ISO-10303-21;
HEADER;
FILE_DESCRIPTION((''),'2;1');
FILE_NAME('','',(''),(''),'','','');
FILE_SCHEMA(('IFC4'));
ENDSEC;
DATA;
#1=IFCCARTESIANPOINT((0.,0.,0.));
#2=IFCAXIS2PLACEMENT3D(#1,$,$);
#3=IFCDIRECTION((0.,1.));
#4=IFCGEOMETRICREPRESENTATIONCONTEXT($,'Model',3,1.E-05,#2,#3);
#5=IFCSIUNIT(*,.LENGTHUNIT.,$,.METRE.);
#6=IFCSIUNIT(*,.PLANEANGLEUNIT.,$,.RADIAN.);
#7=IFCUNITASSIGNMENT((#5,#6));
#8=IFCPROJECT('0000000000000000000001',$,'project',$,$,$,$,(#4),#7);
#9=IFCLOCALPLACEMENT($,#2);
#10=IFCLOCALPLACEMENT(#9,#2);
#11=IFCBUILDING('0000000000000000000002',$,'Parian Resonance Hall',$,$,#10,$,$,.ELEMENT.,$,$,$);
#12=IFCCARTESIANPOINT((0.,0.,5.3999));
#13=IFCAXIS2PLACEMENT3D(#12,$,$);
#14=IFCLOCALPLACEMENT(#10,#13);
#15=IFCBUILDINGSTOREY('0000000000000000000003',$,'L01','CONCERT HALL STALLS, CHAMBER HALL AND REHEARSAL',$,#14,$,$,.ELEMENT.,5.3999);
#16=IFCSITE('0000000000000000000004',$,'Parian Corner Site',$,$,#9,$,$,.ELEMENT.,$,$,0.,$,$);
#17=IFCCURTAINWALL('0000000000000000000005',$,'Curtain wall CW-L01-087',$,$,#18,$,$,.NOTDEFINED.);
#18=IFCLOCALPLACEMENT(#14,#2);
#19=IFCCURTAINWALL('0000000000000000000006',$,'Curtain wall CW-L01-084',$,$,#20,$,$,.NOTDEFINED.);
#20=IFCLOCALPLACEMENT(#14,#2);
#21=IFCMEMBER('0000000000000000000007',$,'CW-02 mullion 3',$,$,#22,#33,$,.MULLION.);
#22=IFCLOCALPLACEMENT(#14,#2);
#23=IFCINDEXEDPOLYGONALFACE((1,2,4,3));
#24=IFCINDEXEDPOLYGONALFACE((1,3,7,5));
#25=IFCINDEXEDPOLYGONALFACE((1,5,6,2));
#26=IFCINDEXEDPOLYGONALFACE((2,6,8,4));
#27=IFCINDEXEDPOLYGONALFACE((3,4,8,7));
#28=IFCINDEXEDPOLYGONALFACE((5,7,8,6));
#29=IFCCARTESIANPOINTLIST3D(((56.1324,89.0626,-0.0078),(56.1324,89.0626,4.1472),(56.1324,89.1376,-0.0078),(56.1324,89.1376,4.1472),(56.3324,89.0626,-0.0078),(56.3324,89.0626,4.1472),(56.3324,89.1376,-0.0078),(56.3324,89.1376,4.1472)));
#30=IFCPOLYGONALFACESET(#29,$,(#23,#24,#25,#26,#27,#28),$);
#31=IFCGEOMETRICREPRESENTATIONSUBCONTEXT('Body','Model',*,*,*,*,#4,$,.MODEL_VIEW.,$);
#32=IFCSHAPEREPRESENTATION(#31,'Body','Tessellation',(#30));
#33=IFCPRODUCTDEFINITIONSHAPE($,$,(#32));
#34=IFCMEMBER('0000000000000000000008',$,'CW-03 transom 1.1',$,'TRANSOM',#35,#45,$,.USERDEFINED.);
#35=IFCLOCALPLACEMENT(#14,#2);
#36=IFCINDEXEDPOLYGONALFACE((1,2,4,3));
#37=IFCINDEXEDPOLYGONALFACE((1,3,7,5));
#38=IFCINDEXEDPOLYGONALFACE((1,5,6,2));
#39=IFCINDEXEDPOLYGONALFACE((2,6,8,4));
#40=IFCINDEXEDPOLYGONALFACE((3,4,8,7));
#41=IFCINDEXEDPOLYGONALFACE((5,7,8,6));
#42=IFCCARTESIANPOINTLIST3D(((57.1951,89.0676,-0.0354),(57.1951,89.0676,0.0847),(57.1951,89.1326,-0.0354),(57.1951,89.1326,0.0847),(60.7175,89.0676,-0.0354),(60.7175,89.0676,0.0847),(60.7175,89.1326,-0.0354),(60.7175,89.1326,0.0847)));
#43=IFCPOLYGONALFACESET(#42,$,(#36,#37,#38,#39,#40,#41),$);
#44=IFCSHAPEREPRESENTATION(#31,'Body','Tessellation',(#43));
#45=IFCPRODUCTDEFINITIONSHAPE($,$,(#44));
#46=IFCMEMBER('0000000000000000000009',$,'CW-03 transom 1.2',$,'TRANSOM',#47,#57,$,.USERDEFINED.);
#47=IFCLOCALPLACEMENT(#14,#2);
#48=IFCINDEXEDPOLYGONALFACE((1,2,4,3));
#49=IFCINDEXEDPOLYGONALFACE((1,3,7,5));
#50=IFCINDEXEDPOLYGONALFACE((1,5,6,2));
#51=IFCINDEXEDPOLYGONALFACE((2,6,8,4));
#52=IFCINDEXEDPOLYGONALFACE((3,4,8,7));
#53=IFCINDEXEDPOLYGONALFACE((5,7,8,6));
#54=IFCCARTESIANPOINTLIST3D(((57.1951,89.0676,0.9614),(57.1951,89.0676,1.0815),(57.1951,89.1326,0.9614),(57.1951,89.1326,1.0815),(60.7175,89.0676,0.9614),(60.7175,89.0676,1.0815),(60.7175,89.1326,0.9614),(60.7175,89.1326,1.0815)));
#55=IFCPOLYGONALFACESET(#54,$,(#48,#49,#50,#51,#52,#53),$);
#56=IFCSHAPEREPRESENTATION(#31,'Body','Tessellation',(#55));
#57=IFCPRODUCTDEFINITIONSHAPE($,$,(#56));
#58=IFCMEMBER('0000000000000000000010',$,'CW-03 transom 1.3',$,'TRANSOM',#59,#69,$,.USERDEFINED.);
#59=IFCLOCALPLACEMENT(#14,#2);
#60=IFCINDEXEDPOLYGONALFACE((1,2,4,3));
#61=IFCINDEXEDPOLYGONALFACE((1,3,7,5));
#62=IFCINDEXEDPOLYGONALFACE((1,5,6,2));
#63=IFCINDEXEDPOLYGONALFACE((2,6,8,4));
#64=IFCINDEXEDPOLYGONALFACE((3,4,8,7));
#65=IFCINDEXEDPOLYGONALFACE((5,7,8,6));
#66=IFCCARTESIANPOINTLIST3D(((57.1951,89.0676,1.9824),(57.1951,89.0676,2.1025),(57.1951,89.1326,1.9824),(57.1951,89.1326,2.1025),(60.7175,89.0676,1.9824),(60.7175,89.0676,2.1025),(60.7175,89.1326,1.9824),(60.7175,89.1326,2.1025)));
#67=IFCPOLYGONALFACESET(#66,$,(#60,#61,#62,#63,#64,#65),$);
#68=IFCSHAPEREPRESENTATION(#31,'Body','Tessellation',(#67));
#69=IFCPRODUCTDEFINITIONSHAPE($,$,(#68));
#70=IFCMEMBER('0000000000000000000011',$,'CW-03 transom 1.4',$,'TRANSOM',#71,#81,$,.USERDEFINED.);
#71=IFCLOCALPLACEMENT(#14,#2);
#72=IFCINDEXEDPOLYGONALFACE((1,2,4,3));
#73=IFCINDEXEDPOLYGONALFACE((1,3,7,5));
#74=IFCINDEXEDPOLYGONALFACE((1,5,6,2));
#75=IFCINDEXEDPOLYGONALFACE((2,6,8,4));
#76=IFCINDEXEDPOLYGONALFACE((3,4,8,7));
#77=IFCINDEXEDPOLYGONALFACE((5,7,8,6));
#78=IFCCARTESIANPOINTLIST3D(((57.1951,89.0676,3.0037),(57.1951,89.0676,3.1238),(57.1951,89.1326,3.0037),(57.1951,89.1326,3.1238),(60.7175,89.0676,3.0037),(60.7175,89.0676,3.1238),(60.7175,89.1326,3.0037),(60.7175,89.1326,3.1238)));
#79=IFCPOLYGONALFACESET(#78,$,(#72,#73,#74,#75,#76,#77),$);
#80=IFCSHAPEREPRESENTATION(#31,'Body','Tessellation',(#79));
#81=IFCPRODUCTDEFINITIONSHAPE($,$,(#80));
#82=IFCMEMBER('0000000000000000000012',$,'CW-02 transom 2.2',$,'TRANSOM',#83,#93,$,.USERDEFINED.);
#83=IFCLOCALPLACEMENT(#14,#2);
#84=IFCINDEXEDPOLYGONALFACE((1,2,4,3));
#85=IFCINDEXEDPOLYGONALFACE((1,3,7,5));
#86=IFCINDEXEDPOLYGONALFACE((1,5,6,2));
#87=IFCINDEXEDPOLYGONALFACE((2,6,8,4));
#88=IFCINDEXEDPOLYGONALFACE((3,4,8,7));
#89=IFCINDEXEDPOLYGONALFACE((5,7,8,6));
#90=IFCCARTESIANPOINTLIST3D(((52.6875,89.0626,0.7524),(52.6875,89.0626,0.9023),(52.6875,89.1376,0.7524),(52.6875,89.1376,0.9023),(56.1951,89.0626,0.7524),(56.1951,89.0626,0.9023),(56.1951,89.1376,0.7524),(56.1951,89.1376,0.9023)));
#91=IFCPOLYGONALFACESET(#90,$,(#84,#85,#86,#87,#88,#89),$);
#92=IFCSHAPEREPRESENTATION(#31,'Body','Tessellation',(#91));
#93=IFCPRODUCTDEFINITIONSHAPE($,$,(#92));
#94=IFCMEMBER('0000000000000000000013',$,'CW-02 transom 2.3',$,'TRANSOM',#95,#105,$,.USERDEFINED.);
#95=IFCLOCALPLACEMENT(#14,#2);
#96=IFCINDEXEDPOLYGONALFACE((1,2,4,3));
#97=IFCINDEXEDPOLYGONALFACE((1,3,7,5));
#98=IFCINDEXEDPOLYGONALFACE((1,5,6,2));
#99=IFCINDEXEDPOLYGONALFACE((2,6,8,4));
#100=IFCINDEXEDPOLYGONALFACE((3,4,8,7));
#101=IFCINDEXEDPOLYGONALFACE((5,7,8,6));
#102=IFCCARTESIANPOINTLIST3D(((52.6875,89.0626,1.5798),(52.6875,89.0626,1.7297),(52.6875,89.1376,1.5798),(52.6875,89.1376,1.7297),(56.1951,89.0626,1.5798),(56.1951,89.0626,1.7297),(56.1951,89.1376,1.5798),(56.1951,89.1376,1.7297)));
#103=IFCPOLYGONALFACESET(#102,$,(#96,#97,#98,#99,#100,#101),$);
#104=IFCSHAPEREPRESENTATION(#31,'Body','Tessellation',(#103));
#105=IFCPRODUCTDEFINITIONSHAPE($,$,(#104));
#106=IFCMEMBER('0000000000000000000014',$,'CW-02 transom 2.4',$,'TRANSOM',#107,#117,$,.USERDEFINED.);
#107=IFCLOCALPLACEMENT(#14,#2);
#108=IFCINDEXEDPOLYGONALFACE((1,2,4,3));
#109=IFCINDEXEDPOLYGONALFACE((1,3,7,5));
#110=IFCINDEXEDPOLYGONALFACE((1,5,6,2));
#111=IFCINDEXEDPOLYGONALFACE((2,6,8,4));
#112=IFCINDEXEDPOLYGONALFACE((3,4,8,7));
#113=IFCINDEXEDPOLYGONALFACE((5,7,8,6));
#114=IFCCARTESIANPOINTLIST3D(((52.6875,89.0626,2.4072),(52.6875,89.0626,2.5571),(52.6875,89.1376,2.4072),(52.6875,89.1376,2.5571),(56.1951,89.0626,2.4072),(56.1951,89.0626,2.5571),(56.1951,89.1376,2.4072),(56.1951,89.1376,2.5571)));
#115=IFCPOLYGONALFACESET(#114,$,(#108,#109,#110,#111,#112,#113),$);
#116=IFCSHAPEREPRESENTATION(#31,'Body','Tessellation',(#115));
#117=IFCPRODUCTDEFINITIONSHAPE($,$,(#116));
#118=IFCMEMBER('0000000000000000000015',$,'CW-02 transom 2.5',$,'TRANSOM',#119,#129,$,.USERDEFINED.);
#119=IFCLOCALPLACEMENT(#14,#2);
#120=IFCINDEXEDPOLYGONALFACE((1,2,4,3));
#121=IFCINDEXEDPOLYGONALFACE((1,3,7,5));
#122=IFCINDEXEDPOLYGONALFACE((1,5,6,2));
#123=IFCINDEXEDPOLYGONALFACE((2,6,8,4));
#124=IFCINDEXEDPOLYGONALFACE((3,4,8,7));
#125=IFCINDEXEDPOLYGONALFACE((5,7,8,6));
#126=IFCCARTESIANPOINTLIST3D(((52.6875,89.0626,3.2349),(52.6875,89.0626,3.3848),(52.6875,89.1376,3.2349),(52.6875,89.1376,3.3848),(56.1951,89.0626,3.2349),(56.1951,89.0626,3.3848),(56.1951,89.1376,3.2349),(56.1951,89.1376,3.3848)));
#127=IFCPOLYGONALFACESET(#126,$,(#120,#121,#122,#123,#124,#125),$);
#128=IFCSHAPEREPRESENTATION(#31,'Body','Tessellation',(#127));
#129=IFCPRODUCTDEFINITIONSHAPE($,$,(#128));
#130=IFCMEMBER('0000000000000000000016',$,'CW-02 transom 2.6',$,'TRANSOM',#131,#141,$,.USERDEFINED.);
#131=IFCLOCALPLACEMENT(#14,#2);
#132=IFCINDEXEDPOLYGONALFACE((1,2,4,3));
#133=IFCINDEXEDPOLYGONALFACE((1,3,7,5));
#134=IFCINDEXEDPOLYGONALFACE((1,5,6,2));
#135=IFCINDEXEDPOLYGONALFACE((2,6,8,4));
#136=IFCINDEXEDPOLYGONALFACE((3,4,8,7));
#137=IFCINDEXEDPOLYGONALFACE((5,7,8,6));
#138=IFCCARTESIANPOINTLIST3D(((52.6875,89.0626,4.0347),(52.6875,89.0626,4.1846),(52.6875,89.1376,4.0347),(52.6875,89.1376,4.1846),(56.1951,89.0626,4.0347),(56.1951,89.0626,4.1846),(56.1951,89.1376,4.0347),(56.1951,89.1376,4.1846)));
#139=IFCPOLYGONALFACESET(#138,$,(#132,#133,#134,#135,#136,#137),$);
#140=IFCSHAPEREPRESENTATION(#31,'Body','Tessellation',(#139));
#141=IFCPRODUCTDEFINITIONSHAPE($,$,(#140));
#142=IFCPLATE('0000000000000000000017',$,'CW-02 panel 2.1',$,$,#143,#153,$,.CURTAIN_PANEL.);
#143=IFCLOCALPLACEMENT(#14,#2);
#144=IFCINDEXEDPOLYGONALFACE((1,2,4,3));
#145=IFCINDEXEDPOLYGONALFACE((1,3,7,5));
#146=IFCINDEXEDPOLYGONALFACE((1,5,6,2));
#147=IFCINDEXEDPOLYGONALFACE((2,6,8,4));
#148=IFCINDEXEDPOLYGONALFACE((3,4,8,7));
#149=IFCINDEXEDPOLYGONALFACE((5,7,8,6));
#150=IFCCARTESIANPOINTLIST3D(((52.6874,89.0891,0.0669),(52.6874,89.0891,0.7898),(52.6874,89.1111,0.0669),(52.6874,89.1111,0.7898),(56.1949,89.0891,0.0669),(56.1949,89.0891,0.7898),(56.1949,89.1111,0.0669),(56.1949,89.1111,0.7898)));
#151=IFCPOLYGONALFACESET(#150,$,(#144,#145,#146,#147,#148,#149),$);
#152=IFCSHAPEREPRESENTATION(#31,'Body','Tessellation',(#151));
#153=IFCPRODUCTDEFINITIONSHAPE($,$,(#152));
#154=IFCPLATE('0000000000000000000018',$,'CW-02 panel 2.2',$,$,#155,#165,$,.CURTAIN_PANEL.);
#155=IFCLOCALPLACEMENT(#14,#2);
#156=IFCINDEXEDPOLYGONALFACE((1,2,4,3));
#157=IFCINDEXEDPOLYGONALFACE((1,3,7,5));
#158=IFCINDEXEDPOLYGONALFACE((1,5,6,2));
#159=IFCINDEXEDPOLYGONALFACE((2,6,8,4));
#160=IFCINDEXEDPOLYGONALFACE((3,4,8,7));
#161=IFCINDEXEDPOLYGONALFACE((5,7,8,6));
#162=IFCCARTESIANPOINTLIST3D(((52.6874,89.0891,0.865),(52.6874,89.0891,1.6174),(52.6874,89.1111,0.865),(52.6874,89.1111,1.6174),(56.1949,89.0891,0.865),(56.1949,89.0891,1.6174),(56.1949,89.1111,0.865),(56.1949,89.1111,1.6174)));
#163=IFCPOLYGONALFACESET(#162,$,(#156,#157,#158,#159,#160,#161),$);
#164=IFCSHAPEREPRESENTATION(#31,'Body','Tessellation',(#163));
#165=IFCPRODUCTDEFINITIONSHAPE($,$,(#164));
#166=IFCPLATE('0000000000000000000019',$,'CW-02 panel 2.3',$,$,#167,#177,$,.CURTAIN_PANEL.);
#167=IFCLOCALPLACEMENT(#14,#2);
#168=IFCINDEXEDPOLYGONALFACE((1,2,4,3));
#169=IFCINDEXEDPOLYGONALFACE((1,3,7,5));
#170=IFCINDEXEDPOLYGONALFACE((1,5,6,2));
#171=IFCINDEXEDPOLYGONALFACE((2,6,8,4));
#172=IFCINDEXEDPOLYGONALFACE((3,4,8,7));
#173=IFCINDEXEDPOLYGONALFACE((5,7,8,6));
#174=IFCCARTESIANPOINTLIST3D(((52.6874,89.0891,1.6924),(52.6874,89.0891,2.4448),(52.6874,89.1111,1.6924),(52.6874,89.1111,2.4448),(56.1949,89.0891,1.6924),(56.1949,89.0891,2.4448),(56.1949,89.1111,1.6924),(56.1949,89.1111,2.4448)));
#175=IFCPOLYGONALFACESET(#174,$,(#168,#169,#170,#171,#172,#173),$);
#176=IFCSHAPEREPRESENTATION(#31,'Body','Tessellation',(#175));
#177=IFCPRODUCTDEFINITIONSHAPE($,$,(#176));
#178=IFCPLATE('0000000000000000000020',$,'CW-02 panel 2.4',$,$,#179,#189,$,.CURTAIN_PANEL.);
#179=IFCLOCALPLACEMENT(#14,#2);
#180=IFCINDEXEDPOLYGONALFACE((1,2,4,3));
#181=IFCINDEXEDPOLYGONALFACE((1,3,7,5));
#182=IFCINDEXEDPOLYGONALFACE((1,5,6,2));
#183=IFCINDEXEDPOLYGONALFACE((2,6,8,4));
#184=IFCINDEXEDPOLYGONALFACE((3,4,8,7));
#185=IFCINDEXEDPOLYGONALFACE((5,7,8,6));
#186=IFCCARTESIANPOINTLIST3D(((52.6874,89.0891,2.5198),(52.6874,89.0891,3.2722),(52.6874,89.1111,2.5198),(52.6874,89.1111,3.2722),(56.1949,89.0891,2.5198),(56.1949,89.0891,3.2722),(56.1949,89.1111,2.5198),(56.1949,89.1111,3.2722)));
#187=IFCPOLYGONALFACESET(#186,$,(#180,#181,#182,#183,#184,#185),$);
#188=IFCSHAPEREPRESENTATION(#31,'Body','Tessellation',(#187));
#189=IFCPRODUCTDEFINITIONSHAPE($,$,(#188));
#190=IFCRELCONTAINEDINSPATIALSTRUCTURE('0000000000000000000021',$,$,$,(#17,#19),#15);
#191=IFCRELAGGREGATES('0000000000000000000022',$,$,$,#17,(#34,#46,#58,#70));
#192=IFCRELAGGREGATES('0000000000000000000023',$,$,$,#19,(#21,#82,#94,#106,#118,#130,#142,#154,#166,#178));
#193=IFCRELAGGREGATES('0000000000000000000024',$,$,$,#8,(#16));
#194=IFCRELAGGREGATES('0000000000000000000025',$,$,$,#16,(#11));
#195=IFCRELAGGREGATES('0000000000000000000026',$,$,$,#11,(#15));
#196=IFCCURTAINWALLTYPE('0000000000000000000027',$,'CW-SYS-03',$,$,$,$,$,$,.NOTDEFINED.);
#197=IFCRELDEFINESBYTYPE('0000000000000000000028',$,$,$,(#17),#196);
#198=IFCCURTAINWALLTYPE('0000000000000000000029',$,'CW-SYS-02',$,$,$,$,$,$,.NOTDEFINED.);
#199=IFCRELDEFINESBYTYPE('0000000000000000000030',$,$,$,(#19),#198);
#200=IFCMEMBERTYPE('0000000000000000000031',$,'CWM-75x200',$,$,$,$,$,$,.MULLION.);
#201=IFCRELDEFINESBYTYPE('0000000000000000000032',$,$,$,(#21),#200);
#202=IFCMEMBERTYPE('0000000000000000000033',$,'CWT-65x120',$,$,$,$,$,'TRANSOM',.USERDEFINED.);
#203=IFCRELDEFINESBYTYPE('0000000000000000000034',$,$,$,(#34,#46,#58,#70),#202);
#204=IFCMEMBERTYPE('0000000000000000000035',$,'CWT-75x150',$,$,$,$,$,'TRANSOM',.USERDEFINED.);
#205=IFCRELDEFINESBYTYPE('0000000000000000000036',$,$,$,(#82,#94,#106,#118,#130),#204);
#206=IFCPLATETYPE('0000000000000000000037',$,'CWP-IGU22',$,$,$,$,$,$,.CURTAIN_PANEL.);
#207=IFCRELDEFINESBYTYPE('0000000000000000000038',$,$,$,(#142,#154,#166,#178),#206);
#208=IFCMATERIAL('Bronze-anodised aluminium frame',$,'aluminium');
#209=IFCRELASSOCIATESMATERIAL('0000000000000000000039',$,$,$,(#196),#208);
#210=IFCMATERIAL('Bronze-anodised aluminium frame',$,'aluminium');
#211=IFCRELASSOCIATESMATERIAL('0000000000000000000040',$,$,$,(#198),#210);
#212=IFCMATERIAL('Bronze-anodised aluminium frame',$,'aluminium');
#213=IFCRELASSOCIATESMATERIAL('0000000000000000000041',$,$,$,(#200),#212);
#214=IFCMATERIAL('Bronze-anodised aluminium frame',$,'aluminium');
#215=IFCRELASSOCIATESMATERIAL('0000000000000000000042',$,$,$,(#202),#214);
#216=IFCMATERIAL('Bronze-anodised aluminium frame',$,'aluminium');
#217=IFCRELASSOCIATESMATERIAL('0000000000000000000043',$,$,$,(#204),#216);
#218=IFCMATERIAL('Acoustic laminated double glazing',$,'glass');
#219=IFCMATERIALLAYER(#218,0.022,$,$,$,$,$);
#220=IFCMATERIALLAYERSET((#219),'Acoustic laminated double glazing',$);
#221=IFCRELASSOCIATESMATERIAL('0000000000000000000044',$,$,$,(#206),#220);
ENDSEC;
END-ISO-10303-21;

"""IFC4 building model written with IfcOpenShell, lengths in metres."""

from ifc_helpers import new_model, si_unit, direction, frame, origin, origin_2d, place, context, subcontext, project, spatial, rectangle, extrude, material, layer, layer_set, material_profile, profile_set, type_object, element, aggregate, save


model = new_model("IFC4")

# Units and contexts
model_context = context("Model", 3, precision=1e-05, world=origin(), true_north=direction((0.0, 1.0)))
body_context = subcontext(model_context, "Body", "Model", "MODEL_VIEW")
ifc_project = project(units=[si_unit("LENGTHUNIT", "METRE"), si_unit("PLANEANGLEUNIT", "RADIAN")], contexts=[model_context])

# Site, building, storey
site_placement = place(None, origin())
site = spatial("IfcSite", under=ifc_project, at=site_placement, Name="Parian Corner Site", CompositionType="ELEMENT", RefElevation=0.0)
building_placement = place(site_placement, origin())
building = spatial("IfcBuilding", under=site, at=building_placement, Name="Parian Resonance Hall", CompositionType="ELEMENT")
storey_placement = place(building_placement, frame((0.0, 0.0, 5.3999)))
storey = spatial("IfcBuildingStorey", under=building, at=storey_placement, Name="L01", Description="CONCERT HALL STALLS, CHAMBER HALL AND REHEARSAL", CompositionType="ELEMENT", Elevation=5.3999)

# Curtain walls, member
ifc_material_1 = material(Name="Bronze-anodised aluminium frame", Category="aluminium")
curtain_wall_type_1 = type_object("IfcCurtainWallType", Name="CW-SYS-03", PredefinedType="NOTDEFINED", material=ifc_material_1)
curtain_wall_1_placement = place(storey_placement, origin())
curtain_wall_1 = element("IfcCurtainWall", 1, at=curtain_wall_1_placement, inside=storey, type_object=curtain_wall_type_1, Name="Curtain wall CW-L01-087", PredefinedType="NOTDEFINED")
ifc_material_2 = material(Name="Bronze-anodised aluminium frame", Category="aluminium")
curtain_wall_type_2 = type_object("IfcCurtainWallType", Name="CW-SYS-02", PredefinedType="NOTDEFINED", material=ifc_material_2)
curtain_wall_2_placement = place(storey_placement, origin())
curtain_wall_2 = element("IfcCurtainWall", 2, at=curtain_wall_2_placement, inside=storey, type_object=curtain_wall_type_2, Name="Curtain wall CW-L01-084", PredefinedType="NOTDEFINED")
ifc_material_3 = material(Name="Bronze-anodised aluminium frame", Category="aluminium")
ifc_material_profile_1 = material_profile(ifc_material_3, rectangle(XDim=0.075, YDim=0.2, at=origin_2d()), Name="CWM-75x200")
ifc_profile_set_1 = profile_set([ifc_material_profile_1], Name="Bronze-anodised aluminium frame")
member_type_1 = type_object("IfcMemberType", Name="CWM-75x200", PredefinedType="MULLION", material=ifc_profile_set_1)
member_1_placement = place(storey_placement, frame((56.2324, 89.1001, -0.0078), z_axis=(0.0, 0.0, 1.0), x_axis=(0.0, 1.0, 0.0)))
member_1 = element("IfcMember", 3, at=member_1_placement, type_object=member_type_1, Name="CW-02 mullion 3", PredefinedType="MULLION", context=body_context, shape_type="SweptSolid", body=[
    extrude(rectangle(XDim=0.075, YDim=0.2, at=origin_2d()), origin(), (0.0, 0.0, 1.0), 4.155),
])

# Members
ifc_material_4 = material(Name="Bronze-anodised aluminium frame", Category="aluminium")
ifc_material_profile_2 = material_profile(ifc_material_4, rectangle(XDim=0.0649, YDim=0.1201, at=origin_2d()), Name="CWT-65x120")
ifc_profile_set_2 = profile_set([ifc_material_profile_2], Name="Bronze-anodised aluminium frame")
member_type_2 = type_object("IfcMemberType", Name="CWT-65x120", ElementType="TRANSOM", PredefinedType="USERDEFINED", material=ifc_profile_set_2)
member_2_placement = place(storey_placement, frame((57.1951, 89.1001, 0.0247), z_axis=(1.0, 0.0, 0.0), x_axis=(0.0, 1.0, 0.0)))
member_2 = element("IfcMember", 4, at=member_2_placement, type_object=member_type_2, Name="CW-03 transom 1.1", ObjectType="TRANSOM", PredefinedType="USERDEFINED", context=body_context, shape_type="SweptSolid", body=[
    extrude(rectangle(XDim=0.0649, YDim=0.1201, at=origin_2d()), origin(), (0.0, 0.0, 1.0), 3.5225),
])
member_3_placement = place(storey_placement, frame((57.1951, 89.1001, 1.0215), z_axis=(1.0, 0.0, 0.0), x_axis=(0.0, 1.0, 0.0)))
member_3 = element("IfcMember", 5, at=member_3_placement, type_object=member_type_2, Name="CW-03 transom 1.2", ObjectType="TRANSOM", PredefinedType="USERDEFINED", context=body_context, shape_type="SweptSolid", body=[
    extrude(rectangle(XDim=0.0649, YDim=0.1201, at=origin_2d()), origin(), (0.0, 0.0, 1.0), 3.5225),
])
member_4_placement = place(storey_placement, frame((57.1951, 89.1001, 2.0425), z_axis=(1.0, 0.0, 0.0), x_axis=(0.0, 1.0, 0.0)))
member_4 = element("IfcMember", 6, at=member_4_placement, type_object=member_type_2, Name="CW-03 transom 1.3", ObjectType="TRANSOM", PredefinedType="USERDEFINED", context=body_context, shape_type="SweptSolid", body=[
    extrude(rectangle(XDim=0.0649, YDim=0.1201, at=origin_2d()), origin(), (0.0, 0.0, 1.0), 3.5225),
])
member_5_placement = place(storey_placement, frame((57.1951, 89.1001, 3.0637), z_axis=(1.0, 0.0, 0.0), x_axis=(0.0, 1.0, 0.0)))
member_5 = element("IfcMember", 7, at=member_5_placement, type_object=member_type_2, Name="CW-03 transom 1.4", ObjectType="TRANSOM", PredefinedType="USERDEFINED", context=body_context, shape_type="SweptSolid", body=[
    extrude(rectangle(XDim=0.0649, YDim=0.1201, at=origin_2d()), origin(), (0.0, 0.0, 1.0), 3.5225),
])
aggregate(curtain_wall_1, [member_2, member_3, member_4, member_5])
ifc_material_5 = material(Name="Bronze-anodised aluminium frame", Category="aluminium")
ifc_material_profile_3 = material_profile(ifc_material_5, rectangle(XDim=0.075, YDim=0.1499, at=origin_2d()), Name="CWT-75x150")
ifc_profile_set_3 = profile_set([ifc_material_profile_3], Name="Bronze-anodised aluminium frame")
member_type_3 = type_object("IfcMemberType", Name="CWT-75x150", ElementType="TRANSOM", PredefinedType="USERDEFINED", material=ifc_profile_set_3)
member_6_placement = place(storey_placement, frame((52.6875, 89.1001, 0.8274), z_axis=(1.0, 0.0, 0.0), x_axis=(0.0, 1.0, 0.0)))
member_6 = element("IfcMember", 8, at=member_6_placement, type_object=member_type_3, Name="CW-02 transom 2.2", ObjectType="TRANSOM", PredefinedType="USERDEFINED", context=body_context, shape_type="SweptSolid", body=[
    extrude(rectangle(XDim=0.075, YDim=0.1499, at=origin_2d()), origin(), (0.0, 0.0, 1.0), 3.5076),
])
member_7_placement = place(storey_placement, frame((52.6875, 89.1001, 1.6548), z_axis=(1.0, 0.0, 0.0), x_axis=(0.0, 1.0, 0.0)))
member_7 = element("IfcMember", 9, at=member_7_placement, type_object=member_type_3, Name="CW-02 transom 2.3", ObjectType="TRANSOM", PredefinedType="USERDEFINED", context=body_context, shape_type="SweptSolid", body=[
    extrude(rectangle(XDim=0.075, YDim=0.1499, at=origin_2d()), origin(), (0.0, 0.0, 1.0), 3.5076),
])
member_8_placement = place(storey_placement, frame((52.6875, 89.1001, 2.4822), z_axis=(1.0, 0.0, 0.0), x_axis=(0.0, 1.0, 0.0)))
member_8 = element("IfcMember", 10, at=member_8_placement, type_object=member_type_3, Name="CW-02 transom 2.4", ObjectType="TRANSOM", PredefinedType="USERDEFINED", context=body_context, shape_type="SweptSolid", body=[
    extrude(rectangle(XDim=0.075, YDim=0.1499, at=origin_2d()), origin(), (0.0, 0.0, 1.0), 3.5076),
])
member_9_placement = place(storey_placement, frame((52.6875, 89.1001, 3.3098), z_axis=(1.0, 0.0, 0.0), x_axis=(0.0, 1.0, 0.0)))
member_9 = element("IfcMember", 11, at=member_9_placement, type_object=member_type_3, Name="CW-02 transom 2.5", ObjectType="TRANSOM", PredefinedType="USERDEFINED", context=body_context, shape_type="SweptSolid", body=[
    extrude(rectangle(XDim=0.075, YDim=0.1499, at=origin_2d()), origin(), (0.0, 0.0, 1.0), 3.5076),
])
member_10_placement = place(storey_placement, frame((52.6875, 89.1001, 4.1096), z_axis=(1.0, 0.0, 0.0), x_axis=(0.0, 1.0, 0.0)))
member_10 = element("IfcMember", 12, at=member_10_placement, type_object=member_type_3, Name="CW-02 transom 2.6", ObjectType="TRANSOM", PredefinedType="USERDEFINED", context=body_context, shape_type="SweptSolid", body=[
    extrude(rectangle(XDim=0.075, YDim=0.1499, at=origin_2d()), origin(), (0.0, 0.0, 1.0), 3.5076),
])

# Plates
ifc_material_6 = material(Name="Acoustic laminated double glazing", Category="glass")
ifc_layer_1 = layer(ifc_material_6, 0.022)
ifc_layer_set_1 = layer_set([ifc_layer_1], Name="Acoustic laminated double glazing")
plate_type = type_object("IfcPlateType", Name="CWP-IGU22", PredefinedType="CURTAIN_PANEL", material=ifc_layer_set_1)
plate_1_placement = place(storey_placement, frame((54.4412, 89.1001, 0.0669), z_axis=(0.0, 0.0, 1.0), x_axis=(1.0, 0.0, 0.0)))
plate_1 = element("IfcPlate", 13, at=plate_1_placement, type_object=plate_type, Name="CW-02 panel 2.1", PredefinedType="CURTAIN_PANEL", context=body_context, shape_type="SweptSolid", body=[
    extrude(rectangle(XDim=3.5076, YDim=0.022, at=origin_2d()), origin(), (0.0, 0.0, 1.0), 0.7229),
])
plate_2_placement = place(storey_placement, frame((54.4412, 89.1001, 0.865), z_axis=(0.0, 0.0, 1.0), x_axis=(1.0, 0.0, 0.0)))
plate_2 = element("IfcPlate", 14, at=plate_2_placement, type_object=plate_type, Name="CW-02 panel 2.2", PredefinedType="CURTAIN_PANEL", context=body_context, shape_type="SweptSolid", body=[
    extrude(rectangle(XDim=3.5076, YDim=0.022, at=origin_2d()), origin(), (0.0, 0.0, 1.0), 0.7524),
])
plate_3_placement = place(storey_placement, frame((54.4412, 89.1001, 1.6924), z_axis=(0.0, 0.0, 1.0), x_axis=(1.0, 0.0, 0.0)))
plate_3 = element("IfcPlate", 15, at=plate_3_placement, type_object=plate_type, Name="CW-02 panel 2.3", PredefinedType="CURTAIN_PANEL", context=body_context, shape_type="SweptSolid", body=[
    extrude(rectangle(XDim=3.5076, YDim=0.022, at=origin_2d()), origin(), (0.0, 0.0, 1.0), 0.7524),
])
plate_4_placement = place(storey_placement, frame((54.4412, 89.1001, 2.5198), z_axis=(0.0, 0.0, 1.0), x_axis=(1.0, 0.0, 0.0)))
plate_4 = element("IfcPlate", 16, at=plate_4_placement, type_object=plate_type, Name="CW-02 panel 2.4", PredefinedType="CURTAIN_PANEL", context=body_context, shape_type="SweptSolid", body=[
    extrude(rectangle(XDim=3.5076, YDim=0.022, at=origin_2d()), origin(), (0.0, 0.0, 1.0), 0.7524),
])
aggregate(curtain_wall_2, [member_1, member_6, member_7, member_8, member_9, member_10, plate_1, plate_2, plate_3, plate_4])

save(model, "model.ifc")
